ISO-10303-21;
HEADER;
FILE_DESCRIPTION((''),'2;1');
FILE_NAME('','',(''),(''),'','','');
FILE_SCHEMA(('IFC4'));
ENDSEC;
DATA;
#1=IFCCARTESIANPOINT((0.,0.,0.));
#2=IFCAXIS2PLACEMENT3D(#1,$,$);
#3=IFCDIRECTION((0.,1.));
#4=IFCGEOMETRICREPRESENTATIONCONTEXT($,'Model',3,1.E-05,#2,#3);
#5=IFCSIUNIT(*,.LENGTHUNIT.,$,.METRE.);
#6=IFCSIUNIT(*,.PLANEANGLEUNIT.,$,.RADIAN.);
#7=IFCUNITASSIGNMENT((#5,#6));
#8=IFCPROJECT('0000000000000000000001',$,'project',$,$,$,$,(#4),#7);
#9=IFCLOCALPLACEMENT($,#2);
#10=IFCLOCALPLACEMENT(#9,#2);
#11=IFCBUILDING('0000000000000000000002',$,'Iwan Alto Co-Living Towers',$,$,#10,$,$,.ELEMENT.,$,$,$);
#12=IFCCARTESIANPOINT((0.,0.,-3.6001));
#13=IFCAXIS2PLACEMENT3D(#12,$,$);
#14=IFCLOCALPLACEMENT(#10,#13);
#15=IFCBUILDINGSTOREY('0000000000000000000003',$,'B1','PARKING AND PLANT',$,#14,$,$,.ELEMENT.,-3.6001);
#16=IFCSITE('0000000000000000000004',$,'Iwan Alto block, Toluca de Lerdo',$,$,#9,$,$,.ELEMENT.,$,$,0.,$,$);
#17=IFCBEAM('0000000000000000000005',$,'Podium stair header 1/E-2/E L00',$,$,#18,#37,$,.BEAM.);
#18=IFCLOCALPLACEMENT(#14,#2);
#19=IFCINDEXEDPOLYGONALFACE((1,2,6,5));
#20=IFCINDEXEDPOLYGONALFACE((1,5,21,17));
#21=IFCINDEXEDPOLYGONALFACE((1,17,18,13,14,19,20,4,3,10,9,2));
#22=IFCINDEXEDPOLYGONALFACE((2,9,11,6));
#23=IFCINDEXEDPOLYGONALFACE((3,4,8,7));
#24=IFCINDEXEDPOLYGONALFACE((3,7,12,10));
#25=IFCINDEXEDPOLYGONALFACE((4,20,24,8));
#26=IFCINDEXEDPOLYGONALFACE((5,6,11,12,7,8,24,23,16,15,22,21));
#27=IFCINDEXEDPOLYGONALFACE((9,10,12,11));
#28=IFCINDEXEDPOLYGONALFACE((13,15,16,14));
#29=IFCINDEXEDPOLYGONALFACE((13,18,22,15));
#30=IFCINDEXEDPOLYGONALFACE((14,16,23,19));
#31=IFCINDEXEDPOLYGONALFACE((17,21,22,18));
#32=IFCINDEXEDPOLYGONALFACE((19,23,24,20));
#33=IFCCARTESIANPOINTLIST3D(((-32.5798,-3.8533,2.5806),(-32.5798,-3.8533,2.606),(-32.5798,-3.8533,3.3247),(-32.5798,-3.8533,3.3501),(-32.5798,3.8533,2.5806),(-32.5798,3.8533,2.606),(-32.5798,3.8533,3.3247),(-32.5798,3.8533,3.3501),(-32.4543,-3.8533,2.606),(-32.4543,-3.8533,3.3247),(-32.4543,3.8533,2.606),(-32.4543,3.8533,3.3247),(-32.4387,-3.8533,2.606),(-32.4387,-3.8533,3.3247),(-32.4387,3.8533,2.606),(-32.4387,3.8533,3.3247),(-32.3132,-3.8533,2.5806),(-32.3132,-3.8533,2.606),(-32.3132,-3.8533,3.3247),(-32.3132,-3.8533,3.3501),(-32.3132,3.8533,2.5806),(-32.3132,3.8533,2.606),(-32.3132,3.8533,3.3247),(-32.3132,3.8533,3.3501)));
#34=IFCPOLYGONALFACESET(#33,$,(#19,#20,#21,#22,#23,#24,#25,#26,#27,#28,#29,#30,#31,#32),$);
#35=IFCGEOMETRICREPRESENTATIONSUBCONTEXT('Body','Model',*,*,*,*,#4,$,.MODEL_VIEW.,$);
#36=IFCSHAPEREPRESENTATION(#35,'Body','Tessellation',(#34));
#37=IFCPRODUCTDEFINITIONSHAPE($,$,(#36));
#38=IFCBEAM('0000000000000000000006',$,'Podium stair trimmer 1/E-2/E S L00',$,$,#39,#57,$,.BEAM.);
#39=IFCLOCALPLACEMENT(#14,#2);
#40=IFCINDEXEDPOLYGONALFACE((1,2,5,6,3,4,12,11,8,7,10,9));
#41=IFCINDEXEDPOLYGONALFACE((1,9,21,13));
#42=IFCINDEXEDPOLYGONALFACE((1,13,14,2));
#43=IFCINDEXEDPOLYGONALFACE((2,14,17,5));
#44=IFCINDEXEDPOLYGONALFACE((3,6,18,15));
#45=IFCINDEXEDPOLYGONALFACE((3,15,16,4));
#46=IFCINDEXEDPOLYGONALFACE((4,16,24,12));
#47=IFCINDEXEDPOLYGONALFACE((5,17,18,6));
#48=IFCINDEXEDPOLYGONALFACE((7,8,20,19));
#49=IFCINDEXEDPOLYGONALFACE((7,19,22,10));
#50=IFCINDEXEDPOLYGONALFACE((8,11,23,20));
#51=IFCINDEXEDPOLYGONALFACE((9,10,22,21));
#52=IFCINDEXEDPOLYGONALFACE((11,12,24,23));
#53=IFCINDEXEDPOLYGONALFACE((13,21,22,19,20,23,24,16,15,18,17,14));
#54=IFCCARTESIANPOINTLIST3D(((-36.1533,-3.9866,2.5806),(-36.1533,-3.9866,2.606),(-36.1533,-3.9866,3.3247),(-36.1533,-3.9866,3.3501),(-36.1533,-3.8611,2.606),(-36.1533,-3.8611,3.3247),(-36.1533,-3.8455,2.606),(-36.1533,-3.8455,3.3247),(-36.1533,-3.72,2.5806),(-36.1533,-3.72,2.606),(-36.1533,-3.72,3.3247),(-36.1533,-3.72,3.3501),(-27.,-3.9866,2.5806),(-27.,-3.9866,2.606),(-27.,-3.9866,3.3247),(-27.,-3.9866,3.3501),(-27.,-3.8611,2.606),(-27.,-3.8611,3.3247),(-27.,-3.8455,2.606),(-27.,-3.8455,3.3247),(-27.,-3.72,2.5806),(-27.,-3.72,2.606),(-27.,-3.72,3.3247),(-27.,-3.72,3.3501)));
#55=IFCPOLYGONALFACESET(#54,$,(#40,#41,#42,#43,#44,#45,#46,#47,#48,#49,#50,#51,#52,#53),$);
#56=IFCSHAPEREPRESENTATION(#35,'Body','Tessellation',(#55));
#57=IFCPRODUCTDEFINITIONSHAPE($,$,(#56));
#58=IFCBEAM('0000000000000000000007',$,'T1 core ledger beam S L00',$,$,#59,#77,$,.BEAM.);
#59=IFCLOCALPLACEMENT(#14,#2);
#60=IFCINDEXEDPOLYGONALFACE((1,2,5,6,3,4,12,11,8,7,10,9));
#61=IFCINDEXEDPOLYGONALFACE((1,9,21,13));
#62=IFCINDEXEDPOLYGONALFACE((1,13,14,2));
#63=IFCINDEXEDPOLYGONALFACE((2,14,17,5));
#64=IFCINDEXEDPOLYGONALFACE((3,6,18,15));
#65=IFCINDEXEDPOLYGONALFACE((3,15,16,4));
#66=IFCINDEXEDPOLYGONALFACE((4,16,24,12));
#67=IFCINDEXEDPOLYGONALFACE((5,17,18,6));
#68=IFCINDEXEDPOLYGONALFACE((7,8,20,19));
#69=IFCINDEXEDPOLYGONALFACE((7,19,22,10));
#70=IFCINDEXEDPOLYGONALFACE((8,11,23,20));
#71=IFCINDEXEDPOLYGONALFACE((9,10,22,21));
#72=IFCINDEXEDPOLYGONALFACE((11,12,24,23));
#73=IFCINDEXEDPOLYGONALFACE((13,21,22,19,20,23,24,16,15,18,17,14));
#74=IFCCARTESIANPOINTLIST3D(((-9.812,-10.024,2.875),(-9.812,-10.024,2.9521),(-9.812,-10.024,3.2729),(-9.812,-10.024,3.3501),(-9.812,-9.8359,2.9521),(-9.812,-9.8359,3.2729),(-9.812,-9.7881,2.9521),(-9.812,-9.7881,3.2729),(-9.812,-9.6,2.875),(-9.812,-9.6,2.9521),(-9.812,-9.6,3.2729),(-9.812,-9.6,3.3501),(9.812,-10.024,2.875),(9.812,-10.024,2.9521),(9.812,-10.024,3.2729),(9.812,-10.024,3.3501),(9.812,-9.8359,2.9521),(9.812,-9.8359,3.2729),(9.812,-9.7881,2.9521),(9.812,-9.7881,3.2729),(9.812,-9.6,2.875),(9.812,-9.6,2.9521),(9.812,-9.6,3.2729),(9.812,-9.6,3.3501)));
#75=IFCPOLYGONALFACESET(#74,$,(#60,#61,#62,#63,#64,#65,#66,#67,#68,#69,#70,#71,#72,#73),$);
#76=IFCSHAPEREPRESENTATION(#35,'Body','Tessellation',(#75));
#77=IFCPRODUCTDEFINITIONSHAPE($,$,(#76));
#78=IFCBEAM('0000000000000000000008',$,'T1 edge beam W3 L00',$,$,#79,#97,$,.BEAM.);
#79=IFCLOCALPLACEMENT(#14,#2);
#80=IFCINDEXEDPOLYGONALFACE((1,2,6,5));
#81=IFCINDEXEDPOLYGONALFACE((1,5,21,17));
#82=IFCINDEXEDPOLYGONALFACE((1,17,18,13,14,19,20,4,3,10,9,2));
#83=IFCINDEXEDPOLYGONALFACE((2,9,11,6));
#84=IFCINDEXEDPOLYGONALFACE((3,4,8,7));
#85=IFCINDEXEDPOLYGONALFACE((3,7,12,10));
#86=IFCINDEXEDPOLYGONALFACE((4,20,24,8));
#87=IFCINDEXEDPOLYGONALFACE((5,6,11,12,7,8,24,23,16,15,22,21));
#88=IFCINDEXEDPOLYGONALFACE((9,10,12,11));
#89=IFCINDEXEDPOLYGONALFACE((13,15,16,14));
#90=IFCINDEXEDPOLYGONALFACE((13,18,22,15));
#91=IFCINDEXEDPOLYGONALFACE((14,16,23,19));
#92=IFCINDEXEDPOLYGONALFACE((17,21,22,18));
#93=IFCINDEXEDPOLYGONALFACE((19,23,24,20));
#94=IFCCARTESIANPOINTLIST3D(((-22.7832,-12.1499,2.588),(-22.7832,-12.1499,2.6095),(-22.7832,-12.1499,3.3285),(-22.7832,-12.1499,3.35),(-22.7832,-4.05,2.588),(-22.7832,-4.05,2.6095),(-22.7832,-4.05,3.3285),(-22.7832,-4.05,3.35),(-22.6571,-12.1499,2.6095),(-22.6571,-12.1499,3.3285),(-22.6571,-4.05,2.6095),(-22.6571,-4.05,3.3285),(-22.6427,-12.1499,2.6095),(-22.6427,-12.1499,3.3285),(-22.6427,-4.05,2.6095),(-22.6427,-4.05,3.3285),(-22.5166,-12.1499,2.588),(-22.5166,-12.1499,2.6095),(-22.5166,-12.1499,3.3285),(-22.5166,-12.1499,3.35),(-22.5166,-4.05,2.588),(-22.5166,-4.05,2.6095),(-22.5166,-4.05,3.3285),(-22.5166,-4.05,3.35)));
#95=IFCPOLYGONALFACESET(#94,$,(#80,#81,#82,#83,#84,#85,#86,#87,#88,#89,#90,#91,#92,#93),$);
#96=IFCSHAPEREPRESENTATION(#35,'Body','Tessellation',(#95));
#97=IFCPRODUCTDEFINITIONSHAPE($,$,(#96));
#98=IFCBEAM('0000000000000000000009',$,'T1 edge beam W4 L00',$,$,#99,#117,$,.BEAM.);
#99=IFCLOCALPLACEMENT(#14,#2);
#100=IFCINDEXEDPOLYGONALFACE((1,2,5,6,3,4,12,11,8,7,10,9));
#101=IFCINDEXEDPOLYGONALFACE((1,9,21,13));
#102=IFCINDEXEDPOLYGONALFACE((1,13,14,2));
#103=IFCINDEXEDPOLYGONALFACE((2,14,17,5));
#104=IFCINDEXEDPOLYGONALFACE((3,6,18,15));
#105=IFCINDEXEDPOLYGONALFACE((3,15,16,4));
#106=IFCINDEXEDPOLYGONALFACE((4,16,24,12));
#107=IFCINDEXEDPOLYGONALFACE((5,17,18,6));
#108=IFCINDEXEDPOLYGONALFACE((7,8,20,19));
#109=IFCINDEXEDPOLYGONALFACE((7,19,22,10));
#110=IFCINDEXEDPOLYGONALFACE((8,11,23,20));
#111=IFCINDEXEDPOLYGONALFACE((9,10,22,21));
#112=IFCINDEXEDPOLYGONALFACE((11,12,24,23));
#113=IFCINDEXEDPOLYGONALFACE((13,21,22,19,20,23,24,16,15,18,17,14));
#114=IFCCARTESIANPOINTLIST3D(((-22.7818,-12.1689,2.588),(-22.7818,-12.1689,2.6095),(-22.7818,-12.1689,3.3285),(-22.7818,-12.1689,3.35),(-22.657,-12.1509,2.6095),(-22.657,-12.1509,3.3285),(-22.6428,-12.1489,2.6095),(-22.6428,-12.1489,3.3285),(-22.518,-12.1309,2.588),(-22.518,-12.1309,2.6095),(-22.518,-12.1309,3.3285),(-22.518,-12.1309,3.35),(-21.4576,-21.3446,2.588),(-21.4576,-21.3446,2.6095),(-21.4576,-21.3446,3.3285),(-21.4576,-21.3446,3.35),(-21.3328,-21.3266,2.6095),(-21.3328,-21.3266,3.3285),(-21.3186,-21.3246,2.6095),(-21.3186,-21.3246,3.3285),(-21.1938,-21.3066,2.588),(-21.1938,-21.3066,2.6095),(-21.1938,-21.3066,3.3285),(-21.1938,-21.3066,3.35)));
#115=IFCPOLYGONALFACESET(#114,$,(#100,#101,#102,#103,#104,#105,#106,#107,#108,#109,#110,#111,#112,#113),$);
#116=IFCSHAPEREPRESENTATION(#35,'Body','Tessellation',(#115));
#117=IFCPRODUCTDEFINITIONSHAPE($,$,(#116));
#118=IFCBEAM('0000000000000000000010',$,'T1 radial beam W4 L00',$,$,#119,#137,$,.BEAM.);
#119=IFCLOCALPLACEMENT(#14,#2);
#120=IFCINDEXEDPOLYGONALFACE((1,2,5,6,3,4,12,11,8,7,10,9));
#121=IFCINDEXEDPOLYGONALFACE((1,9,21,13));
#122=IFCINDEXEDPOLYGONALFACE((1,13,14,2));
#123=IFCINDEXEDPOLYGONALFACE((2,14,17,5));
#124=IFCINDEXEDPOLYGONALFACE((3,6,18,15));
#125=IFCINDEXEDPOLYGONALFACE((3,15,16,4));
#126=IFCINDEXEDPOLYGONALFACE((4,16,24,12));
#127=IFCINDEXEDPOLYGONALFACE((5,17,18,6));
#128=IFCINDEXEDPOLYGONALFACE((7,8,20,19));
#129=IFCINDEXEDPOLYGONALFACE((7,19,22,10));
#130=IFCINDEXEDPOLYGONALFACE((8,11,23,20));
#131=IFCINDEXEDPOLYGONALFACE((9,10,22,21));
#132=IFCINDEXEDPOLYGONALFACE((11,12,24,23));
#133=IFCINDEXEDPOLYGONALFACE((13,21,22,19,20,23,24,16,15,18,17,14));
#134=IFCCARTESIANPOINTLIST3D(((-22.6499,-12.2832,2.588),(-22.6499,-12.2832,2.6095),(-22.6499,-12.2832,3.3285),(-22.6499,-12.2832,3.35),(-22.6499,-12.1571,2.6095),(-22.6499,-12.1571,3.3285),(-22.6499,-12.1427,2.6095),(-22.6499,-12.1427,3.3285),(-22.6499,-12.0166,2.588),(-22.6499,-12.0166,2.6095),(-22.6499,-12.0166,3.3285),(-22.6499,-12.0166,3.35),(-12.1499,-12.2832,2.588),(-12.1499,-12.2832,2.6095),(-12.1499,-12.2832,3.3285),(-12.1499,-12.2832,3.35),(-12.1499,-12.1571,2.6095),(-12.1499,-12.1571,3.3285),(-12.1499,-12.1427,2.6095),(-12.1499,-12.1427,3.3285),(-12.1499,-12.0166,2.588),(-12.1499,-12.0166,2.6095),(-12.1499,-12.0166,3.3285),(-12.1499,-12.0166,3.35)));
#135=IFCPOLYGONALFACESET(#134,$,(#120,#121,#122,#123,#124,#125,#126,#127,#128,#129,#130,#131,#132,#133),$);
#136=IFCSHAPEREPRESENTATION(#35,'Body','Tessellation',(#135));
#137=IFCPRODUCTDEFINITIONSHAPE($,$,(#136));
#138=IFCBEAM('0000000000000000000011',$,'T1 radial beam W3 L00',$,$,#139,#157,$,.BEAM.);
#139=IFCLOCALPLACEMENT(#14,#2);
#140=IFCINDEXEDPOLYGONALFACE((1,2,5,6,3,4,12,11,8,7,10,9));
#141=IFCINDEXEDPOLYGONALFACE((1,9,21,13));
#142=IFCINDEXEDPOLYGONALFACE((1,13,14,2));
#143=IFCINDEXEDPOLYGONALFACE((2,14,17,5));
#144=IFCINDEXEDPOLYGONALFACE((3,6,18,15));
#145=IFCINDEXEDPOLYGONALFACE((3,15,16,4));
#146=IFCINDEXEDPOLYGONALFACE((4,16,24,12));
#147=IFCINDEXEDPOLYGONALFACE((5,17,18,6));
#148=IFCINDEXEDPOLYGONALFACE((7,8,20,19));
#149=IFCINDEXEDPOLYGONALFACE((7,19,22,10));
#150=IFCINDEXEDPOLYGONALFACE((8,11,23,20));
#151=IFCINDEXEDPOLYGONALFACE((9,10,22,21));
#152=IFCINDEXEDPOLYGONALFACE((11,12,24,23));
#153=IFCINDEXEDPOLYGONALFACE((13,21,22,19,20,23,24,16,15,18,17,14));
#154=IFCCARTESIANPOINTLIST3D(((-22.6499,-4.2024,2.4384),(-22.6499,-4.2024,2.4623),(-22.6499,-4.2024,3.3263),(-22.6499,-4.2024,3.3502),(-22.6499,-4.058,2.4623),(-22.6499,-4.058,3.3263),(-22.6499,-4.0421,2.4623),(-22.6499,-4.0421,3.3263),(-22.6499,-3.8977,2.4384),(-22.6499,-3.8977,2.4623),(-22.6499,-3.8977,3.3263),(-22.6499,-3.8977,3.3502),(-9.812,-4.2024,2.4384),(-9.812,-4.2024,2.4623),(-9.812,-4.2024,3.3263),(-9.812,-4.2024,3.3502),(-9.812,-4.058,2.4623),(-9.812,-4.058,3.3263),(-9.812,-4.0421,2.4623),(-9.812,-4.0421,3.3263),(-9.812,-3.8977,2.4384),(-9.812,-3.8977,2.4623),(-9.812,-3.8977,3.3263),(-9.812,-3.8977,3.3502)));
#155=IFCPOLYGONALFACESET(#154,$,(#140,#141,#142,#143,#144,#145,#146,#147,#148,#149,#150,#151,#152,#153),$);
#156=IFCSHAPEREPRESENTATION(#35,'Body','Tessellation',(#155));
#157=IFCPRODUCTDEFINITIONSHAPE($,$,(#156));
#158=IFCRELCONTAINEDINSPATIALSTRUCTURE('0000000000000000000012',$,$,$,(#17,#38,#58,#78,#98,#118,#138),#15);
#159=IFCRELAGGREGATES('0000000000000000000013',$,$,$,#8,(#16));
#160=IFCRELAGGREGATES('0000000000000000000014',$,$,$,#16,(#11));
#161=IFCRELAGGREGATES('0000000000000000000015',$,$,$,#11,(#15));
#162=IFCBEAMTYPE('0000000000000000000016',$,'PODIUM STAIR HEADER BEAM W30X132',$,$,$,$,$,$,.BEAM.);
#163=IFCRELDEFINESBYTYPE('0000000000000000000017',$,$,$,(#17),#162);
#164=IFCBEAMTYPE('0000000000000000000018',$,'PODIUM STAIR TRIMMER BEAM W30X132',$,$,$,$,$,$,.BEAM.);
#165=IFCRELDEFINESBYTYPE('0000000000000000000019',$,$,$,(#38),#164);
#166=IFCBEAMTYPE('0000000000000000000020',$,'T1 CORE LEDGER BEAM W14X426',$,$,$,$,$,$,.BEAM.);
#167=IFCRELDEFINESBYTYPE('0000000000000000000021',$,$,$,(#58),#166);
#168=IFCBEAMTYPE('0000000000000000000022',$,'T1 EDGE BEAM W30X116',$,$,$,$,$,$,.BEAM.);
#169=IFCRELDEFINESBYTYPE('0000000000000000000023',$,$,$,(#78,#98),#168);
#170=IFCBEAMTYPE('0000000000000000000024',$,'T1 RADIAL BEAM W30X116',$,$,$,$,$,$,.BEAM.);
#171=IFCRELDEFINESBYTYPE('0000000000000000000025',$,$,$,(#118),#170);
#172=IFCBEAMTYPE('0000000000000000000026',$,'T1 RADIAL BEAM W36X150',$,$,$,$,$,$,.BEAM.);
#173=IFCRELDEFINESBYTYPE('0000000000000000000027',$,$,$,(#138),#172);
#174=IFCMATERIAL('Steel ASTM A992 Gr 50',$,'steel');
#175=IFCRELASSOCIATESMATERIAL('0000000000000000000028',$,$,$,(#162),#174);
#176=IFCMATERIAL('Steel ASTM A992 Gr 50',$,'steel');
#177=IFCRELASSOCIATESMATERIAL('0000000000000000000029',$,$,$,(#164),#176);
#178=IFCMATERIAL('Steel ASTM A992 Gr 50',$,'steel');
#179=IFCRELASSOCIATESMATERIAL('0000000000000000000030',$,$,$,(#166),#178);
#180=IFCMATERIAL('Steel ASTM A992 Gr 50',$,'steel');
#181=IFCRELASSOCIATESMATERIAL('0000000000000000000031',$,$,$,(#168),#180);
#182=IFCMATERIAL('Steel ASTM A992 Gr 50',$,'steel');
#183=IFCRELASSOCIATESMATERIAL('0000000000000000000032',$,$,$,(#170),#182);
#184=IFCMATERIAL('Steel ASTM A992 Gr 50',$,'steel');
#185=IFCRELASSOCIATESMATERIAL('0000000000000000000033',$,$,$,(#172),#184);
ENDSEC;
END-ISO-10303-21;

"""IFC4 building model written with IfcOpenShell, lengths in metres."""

from ifc_helpers import new_model, si_unit, direction, frame, origin, origin_2d, place, context, subcontext, project, spatial, i_section, extrude, material, material_profile, profile_set, type_object, element, save


model = new_model("IFC4")

# Units and contexts
model_context = context("Model", 3, precision=1e-05, world=origin(), true_north=direction((0.0, 1.0)))
body_context = subcontext(model_context, "Body", "Model", "MODEL_VIEW")
ifc_project = project(units=[si_unit("LENGTHUNIT", "METRE"), si_unit("PLANEANGLEUNIT", "RADIAN")], contexts=[model_context])

# Site, building, storey
site_placement = place(None, origin())
site = spatial("IfcSite", under=ifc_project, at=site_placement, Name="Iwan Alto block, Toluca de Lerdo", CompositionType="ELEMENT", RefElevation=0.0)
building_placement = place(site_placement, origin())
building = spatial("IfcBuilding", under=site, at=building_placement, Name="Iwan Alto Co-Living Towers", CompositionType="ELEMENT")
storey_placement = place(building_placement, frame((0.0, 0.0, -3.6001)))
storey = spatial("IfcBuildingStorey", under=building, at=storey_placement, Name="B1", Description="PARKING AND PLANT", CompositionType="ELEMENT", Elevation=-3.6001)

# Beams
ifc_material_1 = material(Name="Steel ASTM A992 Gr 50", Category="steel")
ifc_material_profile_1 = material_profile(ifc_material_1, i_section(OverallWidth=0.2666, OverallDepth=0.7695, WebThickness=0.0156, FlangeThickness=0.0254, at=origin_2d()), Name="W30X132")
ifc_profile_set_1 = profile_set([ifc_material_profile_1], Name="Steel ASTM A992 Gr 50")
beam_type_1 = type_object("IfcBeamType", Name="PODIUM STAIR HEADER BEAM W30X132", PredefinedType="BEAM", material=ifc_profile_set_1)
beam_1_placement = place(storey_placement, frame((-32.4465, -3.8533, 2.9653), z_axis=(0.0, 1.0, 0.0), x_axis=(-1.0, 0.0, 0.0)))
element("IfcBeam", 1, at=beam_1_placement, inside=storey, type_object=beam_type_1, Name="Podium stair header 1/E-2/E L00", PredefinedType="BEAM", context=body_context, shape_type="SweptSolid", body=[
    extrude(i_section(OverallWidth=0.2666, OverallDepth=0.7695, WebThickness=0.0156, FlangeThickness=0.0254, at=origin_2d()), origin(), (0.0, 0.0, 1.0), 7.7065),
])
ifc_material_2 = material(Name="Steel ASTM A992 Gr 50", Category="steel")
ifc_material_profile_2 = material_profile(ifc_material_2, i_section(OverallWidth=0.2666, OverallDepth=0.7695, WebThickness=0.0156, FlangeThickness=0.0254, at=origin_2d()), Name="W30X132")
ifc_profile_set_2 = profile_set([ifc_material_profile_2], Name="Steel ASTM A992 Gr 50")
beam_type_2 = type_object("IfcBeamType", Name="PODIUM STAIR TRIMMER BEAM W30X132", PredefinedType="BEAM", material=ifc_profile_set_2)
beam_2_placement = place(storey_placement, frame((-36.1533, -3.8533, 2.9653), z_axis=(1.0, 0.0, 0.0), x_axis=(0.0, 1.0, 0.0)))
element("IfcBeam", 2, at=beam_2_placement, inside=storey, type_object=beam_type_2, Name="Podium stair trimmer 1/E-2/E S L00", PredefinedType="BEAM", context=body_context, shape_type="SweptSolid", body=[
    extrude(i_section(OverallWidth=0.2666, OverallDepth=0.7695, WebThickness=0.0156, FlangeThickness=0.0254, at=origin_2d()), origin(), (0.0, 0.0, 1.0), 9.1533),
])
ifc_material_3 = material(Name="Steel ASTM A992 Gr 50", Category="steel")
ifc_material_profile_3 = material_profile(ifc_material_3, i_section(OverallWidth=0.4241, OverallDepth=0.4751, WebThickness=0.0479, FlangeThickness=0.0771, at=origin_2d()), Name="W14X426")
ifc_profile_set_3 = profile_set([ifc_material_profile_3], Name="Steel ASTM A992 Gr 50")
beam_type_3 = type_object("IfcBeamType", Name="T1 CORE LEDGER BEAM W14X426", PredefinedType="BEAM", material=ifc_profile_set_3)
beam_3_placement = place(storey_placement, frame((-9.812, -9.812, 3.1125), z_axis=(1.0, 0.0, 0.0), x_axis=(0.0, 1.0, 0.0)))
element("IfcBeam", 3, at=beam_3_placement, inside=storey, type_object=beam_type_3, Name="T1 core ledger beam S L00", PredefinedType="BEAM", context=body_context, shape_type="SweptSolid", body=[
    extrude(i_section(OverallWidth=0.4241, OverallDepth=0.4751, WebThickness=0.0479, FlangeThickness=0.0771, at=origin_2d()), origin(), (0.0, 0.0, 1.0), 19.624),
])
ifc_material_4 = material(Name="Steel ASTM A992 Gr 50", Category="steel")
ifc_material_profile_4 = material_profile(ifc_material_4, i_section(OverallWidth=0.2666, OverallDepth=0.762, WebThickness=0.0144, FlangeThickness=0.0215, at=origin_2d()), Name="W30X116")
ifc_profile_set_4 = profile_set([ifc_material_profile_4], Name="Steel ASTM A992 Gr 50")
beam_type_4 = type_object("IfcBeamType", Name="T1 EDGE BEAM W30X116", PredefinedType="BEAM", material=ifc_profile_set_4)
beam_4_placement = place(storey_placement, frame((-22.6499, -4.05, 2.969), z_axis=(0.0, -1.0, 0.0), x_axis=(1.0, 0.0, 0.0)))
element("IfcBeam", 4, at=beam_4_placement, inside=storey, type_object=beam_type_4, Name="T1 edge beam W3 L00", PredefinedType="BEAM", context=body_context, shape_type="SweptSolid", body=[
    extrude(i_section(OverallWidth=0.2666, OverallDepth=0.762, WebThickness=0.0144, FlangeThickness=0.0215, at=origin_2d()), origin(), (0.0, 0.0, 1.0), 8.0999),
])
beam_5_placement = place(storey_placement, frame((-22.6499, -12.1499, 2.969), z_axis=(0.142837, -0.989746, 0.0), x_axis=(0.989746, 0.142837, 0.0)))
element("IfcBeam", 5, at=beam_5_placement, inside=storey, type_object=beam_type_4, Name="T1 edge beam W4 L00", PredefinedType="BEAM", context=body_context, shape_type="SweptSolid", body=[
    extrude(i_section(OverallWidth=0.2666, OverallDepth=0.762, WebThickness=0.0144, FlangeThickness=0.0215, at=origin_2d()), origin(), (0.0, 0.0, 1.0), 9.2708),
])
ifc_material_5 = material(Name="Steel ASTM A992 Gr 50", Category="steel")
ifc_material_profile_5 = material_profile(ifc_material_5, i_section(OverallWidth=0.2666, OverallDepth=0.762, WebThickness=0.0144, FlangeThickness=0.0215, at=origin_2d()), Name="W30X116")
ifc_profile_set_5 = profile_set([ifc_material_profile_5], Name="Steel ASTM A992 Gr 50")
beam_type_5 = type_object("IfcBeamType", Name="T1 RADIAL BEAM W30X116", PredefinedType="BEAM", material=ifc_profile_set_5)
beam_6_placement = place(storey_placement, frame((-22.6499, -12.1499, 2.969), z_axis=(1.0, 0.0, 0.0), x_axis=(0.0, 1.0, 0.0)))
element("IfcBeam", 6, at=beam_6_placement, inside=storey, type_object=beam_type_5, Name="T1 radial beam W4 L00", PredefinedType="BEAM", context=body_context, shape_type="SweptSolid", body=[
    extrude(i_section(OverallWidth=0.2666, OverallDepth=0.762, WebThickness=0.0144, FlangeThickness=0.0215, at=origin_2d()), origin(), (0.0, 0.0, 1.0), 10.5),
])
ifc_material_6 = material(Name="Steel ASTM A992 Gr 50", Category="steel")
ifc_material_profile_6 = material_profile(ifc_material_6, i_section(OverallWidth=0.3047, OverallDepth=0.9119, WebThickness=0.0159, FlangeThickness=0.0239, at=origin_2d()), Name="W36X150")
ifc_profile_set_6 = profile_set([ifc_material_profile_6], Name="Steel ASTM A992 Gr 50")
beam_type_6 = type_object("IfcBeamType", Name="T1 RADIAL BEAM W36X150", PredefinedType="BEAM", material=ifc_profile_set_6)
beam_7_placement = place(storey_placement, frame((-22.6499, -4.05, 2.8943), z_axis=(1.0, 0.0, 0.0), x_axis=(0.0, 1.0, 0.0)))
element("IfcBeam", 7, at=beam_7_placement, inside=storey, type_object=beam_type_6, Name="T1 radial beam W3 L00", PredefinedType="BEAM", context=body_context, shape_type="SweptSolid", body=[
    extrude(i_section(OverallWidth=0.3047, OverallDepth=0.9119, WebThickness=0.0159, FlangeThickness=0.0239, at=origin_2d()), origin(), (0.0, 0.0, 1.0), 12.8379),
])

save(model, "model.ifc")
